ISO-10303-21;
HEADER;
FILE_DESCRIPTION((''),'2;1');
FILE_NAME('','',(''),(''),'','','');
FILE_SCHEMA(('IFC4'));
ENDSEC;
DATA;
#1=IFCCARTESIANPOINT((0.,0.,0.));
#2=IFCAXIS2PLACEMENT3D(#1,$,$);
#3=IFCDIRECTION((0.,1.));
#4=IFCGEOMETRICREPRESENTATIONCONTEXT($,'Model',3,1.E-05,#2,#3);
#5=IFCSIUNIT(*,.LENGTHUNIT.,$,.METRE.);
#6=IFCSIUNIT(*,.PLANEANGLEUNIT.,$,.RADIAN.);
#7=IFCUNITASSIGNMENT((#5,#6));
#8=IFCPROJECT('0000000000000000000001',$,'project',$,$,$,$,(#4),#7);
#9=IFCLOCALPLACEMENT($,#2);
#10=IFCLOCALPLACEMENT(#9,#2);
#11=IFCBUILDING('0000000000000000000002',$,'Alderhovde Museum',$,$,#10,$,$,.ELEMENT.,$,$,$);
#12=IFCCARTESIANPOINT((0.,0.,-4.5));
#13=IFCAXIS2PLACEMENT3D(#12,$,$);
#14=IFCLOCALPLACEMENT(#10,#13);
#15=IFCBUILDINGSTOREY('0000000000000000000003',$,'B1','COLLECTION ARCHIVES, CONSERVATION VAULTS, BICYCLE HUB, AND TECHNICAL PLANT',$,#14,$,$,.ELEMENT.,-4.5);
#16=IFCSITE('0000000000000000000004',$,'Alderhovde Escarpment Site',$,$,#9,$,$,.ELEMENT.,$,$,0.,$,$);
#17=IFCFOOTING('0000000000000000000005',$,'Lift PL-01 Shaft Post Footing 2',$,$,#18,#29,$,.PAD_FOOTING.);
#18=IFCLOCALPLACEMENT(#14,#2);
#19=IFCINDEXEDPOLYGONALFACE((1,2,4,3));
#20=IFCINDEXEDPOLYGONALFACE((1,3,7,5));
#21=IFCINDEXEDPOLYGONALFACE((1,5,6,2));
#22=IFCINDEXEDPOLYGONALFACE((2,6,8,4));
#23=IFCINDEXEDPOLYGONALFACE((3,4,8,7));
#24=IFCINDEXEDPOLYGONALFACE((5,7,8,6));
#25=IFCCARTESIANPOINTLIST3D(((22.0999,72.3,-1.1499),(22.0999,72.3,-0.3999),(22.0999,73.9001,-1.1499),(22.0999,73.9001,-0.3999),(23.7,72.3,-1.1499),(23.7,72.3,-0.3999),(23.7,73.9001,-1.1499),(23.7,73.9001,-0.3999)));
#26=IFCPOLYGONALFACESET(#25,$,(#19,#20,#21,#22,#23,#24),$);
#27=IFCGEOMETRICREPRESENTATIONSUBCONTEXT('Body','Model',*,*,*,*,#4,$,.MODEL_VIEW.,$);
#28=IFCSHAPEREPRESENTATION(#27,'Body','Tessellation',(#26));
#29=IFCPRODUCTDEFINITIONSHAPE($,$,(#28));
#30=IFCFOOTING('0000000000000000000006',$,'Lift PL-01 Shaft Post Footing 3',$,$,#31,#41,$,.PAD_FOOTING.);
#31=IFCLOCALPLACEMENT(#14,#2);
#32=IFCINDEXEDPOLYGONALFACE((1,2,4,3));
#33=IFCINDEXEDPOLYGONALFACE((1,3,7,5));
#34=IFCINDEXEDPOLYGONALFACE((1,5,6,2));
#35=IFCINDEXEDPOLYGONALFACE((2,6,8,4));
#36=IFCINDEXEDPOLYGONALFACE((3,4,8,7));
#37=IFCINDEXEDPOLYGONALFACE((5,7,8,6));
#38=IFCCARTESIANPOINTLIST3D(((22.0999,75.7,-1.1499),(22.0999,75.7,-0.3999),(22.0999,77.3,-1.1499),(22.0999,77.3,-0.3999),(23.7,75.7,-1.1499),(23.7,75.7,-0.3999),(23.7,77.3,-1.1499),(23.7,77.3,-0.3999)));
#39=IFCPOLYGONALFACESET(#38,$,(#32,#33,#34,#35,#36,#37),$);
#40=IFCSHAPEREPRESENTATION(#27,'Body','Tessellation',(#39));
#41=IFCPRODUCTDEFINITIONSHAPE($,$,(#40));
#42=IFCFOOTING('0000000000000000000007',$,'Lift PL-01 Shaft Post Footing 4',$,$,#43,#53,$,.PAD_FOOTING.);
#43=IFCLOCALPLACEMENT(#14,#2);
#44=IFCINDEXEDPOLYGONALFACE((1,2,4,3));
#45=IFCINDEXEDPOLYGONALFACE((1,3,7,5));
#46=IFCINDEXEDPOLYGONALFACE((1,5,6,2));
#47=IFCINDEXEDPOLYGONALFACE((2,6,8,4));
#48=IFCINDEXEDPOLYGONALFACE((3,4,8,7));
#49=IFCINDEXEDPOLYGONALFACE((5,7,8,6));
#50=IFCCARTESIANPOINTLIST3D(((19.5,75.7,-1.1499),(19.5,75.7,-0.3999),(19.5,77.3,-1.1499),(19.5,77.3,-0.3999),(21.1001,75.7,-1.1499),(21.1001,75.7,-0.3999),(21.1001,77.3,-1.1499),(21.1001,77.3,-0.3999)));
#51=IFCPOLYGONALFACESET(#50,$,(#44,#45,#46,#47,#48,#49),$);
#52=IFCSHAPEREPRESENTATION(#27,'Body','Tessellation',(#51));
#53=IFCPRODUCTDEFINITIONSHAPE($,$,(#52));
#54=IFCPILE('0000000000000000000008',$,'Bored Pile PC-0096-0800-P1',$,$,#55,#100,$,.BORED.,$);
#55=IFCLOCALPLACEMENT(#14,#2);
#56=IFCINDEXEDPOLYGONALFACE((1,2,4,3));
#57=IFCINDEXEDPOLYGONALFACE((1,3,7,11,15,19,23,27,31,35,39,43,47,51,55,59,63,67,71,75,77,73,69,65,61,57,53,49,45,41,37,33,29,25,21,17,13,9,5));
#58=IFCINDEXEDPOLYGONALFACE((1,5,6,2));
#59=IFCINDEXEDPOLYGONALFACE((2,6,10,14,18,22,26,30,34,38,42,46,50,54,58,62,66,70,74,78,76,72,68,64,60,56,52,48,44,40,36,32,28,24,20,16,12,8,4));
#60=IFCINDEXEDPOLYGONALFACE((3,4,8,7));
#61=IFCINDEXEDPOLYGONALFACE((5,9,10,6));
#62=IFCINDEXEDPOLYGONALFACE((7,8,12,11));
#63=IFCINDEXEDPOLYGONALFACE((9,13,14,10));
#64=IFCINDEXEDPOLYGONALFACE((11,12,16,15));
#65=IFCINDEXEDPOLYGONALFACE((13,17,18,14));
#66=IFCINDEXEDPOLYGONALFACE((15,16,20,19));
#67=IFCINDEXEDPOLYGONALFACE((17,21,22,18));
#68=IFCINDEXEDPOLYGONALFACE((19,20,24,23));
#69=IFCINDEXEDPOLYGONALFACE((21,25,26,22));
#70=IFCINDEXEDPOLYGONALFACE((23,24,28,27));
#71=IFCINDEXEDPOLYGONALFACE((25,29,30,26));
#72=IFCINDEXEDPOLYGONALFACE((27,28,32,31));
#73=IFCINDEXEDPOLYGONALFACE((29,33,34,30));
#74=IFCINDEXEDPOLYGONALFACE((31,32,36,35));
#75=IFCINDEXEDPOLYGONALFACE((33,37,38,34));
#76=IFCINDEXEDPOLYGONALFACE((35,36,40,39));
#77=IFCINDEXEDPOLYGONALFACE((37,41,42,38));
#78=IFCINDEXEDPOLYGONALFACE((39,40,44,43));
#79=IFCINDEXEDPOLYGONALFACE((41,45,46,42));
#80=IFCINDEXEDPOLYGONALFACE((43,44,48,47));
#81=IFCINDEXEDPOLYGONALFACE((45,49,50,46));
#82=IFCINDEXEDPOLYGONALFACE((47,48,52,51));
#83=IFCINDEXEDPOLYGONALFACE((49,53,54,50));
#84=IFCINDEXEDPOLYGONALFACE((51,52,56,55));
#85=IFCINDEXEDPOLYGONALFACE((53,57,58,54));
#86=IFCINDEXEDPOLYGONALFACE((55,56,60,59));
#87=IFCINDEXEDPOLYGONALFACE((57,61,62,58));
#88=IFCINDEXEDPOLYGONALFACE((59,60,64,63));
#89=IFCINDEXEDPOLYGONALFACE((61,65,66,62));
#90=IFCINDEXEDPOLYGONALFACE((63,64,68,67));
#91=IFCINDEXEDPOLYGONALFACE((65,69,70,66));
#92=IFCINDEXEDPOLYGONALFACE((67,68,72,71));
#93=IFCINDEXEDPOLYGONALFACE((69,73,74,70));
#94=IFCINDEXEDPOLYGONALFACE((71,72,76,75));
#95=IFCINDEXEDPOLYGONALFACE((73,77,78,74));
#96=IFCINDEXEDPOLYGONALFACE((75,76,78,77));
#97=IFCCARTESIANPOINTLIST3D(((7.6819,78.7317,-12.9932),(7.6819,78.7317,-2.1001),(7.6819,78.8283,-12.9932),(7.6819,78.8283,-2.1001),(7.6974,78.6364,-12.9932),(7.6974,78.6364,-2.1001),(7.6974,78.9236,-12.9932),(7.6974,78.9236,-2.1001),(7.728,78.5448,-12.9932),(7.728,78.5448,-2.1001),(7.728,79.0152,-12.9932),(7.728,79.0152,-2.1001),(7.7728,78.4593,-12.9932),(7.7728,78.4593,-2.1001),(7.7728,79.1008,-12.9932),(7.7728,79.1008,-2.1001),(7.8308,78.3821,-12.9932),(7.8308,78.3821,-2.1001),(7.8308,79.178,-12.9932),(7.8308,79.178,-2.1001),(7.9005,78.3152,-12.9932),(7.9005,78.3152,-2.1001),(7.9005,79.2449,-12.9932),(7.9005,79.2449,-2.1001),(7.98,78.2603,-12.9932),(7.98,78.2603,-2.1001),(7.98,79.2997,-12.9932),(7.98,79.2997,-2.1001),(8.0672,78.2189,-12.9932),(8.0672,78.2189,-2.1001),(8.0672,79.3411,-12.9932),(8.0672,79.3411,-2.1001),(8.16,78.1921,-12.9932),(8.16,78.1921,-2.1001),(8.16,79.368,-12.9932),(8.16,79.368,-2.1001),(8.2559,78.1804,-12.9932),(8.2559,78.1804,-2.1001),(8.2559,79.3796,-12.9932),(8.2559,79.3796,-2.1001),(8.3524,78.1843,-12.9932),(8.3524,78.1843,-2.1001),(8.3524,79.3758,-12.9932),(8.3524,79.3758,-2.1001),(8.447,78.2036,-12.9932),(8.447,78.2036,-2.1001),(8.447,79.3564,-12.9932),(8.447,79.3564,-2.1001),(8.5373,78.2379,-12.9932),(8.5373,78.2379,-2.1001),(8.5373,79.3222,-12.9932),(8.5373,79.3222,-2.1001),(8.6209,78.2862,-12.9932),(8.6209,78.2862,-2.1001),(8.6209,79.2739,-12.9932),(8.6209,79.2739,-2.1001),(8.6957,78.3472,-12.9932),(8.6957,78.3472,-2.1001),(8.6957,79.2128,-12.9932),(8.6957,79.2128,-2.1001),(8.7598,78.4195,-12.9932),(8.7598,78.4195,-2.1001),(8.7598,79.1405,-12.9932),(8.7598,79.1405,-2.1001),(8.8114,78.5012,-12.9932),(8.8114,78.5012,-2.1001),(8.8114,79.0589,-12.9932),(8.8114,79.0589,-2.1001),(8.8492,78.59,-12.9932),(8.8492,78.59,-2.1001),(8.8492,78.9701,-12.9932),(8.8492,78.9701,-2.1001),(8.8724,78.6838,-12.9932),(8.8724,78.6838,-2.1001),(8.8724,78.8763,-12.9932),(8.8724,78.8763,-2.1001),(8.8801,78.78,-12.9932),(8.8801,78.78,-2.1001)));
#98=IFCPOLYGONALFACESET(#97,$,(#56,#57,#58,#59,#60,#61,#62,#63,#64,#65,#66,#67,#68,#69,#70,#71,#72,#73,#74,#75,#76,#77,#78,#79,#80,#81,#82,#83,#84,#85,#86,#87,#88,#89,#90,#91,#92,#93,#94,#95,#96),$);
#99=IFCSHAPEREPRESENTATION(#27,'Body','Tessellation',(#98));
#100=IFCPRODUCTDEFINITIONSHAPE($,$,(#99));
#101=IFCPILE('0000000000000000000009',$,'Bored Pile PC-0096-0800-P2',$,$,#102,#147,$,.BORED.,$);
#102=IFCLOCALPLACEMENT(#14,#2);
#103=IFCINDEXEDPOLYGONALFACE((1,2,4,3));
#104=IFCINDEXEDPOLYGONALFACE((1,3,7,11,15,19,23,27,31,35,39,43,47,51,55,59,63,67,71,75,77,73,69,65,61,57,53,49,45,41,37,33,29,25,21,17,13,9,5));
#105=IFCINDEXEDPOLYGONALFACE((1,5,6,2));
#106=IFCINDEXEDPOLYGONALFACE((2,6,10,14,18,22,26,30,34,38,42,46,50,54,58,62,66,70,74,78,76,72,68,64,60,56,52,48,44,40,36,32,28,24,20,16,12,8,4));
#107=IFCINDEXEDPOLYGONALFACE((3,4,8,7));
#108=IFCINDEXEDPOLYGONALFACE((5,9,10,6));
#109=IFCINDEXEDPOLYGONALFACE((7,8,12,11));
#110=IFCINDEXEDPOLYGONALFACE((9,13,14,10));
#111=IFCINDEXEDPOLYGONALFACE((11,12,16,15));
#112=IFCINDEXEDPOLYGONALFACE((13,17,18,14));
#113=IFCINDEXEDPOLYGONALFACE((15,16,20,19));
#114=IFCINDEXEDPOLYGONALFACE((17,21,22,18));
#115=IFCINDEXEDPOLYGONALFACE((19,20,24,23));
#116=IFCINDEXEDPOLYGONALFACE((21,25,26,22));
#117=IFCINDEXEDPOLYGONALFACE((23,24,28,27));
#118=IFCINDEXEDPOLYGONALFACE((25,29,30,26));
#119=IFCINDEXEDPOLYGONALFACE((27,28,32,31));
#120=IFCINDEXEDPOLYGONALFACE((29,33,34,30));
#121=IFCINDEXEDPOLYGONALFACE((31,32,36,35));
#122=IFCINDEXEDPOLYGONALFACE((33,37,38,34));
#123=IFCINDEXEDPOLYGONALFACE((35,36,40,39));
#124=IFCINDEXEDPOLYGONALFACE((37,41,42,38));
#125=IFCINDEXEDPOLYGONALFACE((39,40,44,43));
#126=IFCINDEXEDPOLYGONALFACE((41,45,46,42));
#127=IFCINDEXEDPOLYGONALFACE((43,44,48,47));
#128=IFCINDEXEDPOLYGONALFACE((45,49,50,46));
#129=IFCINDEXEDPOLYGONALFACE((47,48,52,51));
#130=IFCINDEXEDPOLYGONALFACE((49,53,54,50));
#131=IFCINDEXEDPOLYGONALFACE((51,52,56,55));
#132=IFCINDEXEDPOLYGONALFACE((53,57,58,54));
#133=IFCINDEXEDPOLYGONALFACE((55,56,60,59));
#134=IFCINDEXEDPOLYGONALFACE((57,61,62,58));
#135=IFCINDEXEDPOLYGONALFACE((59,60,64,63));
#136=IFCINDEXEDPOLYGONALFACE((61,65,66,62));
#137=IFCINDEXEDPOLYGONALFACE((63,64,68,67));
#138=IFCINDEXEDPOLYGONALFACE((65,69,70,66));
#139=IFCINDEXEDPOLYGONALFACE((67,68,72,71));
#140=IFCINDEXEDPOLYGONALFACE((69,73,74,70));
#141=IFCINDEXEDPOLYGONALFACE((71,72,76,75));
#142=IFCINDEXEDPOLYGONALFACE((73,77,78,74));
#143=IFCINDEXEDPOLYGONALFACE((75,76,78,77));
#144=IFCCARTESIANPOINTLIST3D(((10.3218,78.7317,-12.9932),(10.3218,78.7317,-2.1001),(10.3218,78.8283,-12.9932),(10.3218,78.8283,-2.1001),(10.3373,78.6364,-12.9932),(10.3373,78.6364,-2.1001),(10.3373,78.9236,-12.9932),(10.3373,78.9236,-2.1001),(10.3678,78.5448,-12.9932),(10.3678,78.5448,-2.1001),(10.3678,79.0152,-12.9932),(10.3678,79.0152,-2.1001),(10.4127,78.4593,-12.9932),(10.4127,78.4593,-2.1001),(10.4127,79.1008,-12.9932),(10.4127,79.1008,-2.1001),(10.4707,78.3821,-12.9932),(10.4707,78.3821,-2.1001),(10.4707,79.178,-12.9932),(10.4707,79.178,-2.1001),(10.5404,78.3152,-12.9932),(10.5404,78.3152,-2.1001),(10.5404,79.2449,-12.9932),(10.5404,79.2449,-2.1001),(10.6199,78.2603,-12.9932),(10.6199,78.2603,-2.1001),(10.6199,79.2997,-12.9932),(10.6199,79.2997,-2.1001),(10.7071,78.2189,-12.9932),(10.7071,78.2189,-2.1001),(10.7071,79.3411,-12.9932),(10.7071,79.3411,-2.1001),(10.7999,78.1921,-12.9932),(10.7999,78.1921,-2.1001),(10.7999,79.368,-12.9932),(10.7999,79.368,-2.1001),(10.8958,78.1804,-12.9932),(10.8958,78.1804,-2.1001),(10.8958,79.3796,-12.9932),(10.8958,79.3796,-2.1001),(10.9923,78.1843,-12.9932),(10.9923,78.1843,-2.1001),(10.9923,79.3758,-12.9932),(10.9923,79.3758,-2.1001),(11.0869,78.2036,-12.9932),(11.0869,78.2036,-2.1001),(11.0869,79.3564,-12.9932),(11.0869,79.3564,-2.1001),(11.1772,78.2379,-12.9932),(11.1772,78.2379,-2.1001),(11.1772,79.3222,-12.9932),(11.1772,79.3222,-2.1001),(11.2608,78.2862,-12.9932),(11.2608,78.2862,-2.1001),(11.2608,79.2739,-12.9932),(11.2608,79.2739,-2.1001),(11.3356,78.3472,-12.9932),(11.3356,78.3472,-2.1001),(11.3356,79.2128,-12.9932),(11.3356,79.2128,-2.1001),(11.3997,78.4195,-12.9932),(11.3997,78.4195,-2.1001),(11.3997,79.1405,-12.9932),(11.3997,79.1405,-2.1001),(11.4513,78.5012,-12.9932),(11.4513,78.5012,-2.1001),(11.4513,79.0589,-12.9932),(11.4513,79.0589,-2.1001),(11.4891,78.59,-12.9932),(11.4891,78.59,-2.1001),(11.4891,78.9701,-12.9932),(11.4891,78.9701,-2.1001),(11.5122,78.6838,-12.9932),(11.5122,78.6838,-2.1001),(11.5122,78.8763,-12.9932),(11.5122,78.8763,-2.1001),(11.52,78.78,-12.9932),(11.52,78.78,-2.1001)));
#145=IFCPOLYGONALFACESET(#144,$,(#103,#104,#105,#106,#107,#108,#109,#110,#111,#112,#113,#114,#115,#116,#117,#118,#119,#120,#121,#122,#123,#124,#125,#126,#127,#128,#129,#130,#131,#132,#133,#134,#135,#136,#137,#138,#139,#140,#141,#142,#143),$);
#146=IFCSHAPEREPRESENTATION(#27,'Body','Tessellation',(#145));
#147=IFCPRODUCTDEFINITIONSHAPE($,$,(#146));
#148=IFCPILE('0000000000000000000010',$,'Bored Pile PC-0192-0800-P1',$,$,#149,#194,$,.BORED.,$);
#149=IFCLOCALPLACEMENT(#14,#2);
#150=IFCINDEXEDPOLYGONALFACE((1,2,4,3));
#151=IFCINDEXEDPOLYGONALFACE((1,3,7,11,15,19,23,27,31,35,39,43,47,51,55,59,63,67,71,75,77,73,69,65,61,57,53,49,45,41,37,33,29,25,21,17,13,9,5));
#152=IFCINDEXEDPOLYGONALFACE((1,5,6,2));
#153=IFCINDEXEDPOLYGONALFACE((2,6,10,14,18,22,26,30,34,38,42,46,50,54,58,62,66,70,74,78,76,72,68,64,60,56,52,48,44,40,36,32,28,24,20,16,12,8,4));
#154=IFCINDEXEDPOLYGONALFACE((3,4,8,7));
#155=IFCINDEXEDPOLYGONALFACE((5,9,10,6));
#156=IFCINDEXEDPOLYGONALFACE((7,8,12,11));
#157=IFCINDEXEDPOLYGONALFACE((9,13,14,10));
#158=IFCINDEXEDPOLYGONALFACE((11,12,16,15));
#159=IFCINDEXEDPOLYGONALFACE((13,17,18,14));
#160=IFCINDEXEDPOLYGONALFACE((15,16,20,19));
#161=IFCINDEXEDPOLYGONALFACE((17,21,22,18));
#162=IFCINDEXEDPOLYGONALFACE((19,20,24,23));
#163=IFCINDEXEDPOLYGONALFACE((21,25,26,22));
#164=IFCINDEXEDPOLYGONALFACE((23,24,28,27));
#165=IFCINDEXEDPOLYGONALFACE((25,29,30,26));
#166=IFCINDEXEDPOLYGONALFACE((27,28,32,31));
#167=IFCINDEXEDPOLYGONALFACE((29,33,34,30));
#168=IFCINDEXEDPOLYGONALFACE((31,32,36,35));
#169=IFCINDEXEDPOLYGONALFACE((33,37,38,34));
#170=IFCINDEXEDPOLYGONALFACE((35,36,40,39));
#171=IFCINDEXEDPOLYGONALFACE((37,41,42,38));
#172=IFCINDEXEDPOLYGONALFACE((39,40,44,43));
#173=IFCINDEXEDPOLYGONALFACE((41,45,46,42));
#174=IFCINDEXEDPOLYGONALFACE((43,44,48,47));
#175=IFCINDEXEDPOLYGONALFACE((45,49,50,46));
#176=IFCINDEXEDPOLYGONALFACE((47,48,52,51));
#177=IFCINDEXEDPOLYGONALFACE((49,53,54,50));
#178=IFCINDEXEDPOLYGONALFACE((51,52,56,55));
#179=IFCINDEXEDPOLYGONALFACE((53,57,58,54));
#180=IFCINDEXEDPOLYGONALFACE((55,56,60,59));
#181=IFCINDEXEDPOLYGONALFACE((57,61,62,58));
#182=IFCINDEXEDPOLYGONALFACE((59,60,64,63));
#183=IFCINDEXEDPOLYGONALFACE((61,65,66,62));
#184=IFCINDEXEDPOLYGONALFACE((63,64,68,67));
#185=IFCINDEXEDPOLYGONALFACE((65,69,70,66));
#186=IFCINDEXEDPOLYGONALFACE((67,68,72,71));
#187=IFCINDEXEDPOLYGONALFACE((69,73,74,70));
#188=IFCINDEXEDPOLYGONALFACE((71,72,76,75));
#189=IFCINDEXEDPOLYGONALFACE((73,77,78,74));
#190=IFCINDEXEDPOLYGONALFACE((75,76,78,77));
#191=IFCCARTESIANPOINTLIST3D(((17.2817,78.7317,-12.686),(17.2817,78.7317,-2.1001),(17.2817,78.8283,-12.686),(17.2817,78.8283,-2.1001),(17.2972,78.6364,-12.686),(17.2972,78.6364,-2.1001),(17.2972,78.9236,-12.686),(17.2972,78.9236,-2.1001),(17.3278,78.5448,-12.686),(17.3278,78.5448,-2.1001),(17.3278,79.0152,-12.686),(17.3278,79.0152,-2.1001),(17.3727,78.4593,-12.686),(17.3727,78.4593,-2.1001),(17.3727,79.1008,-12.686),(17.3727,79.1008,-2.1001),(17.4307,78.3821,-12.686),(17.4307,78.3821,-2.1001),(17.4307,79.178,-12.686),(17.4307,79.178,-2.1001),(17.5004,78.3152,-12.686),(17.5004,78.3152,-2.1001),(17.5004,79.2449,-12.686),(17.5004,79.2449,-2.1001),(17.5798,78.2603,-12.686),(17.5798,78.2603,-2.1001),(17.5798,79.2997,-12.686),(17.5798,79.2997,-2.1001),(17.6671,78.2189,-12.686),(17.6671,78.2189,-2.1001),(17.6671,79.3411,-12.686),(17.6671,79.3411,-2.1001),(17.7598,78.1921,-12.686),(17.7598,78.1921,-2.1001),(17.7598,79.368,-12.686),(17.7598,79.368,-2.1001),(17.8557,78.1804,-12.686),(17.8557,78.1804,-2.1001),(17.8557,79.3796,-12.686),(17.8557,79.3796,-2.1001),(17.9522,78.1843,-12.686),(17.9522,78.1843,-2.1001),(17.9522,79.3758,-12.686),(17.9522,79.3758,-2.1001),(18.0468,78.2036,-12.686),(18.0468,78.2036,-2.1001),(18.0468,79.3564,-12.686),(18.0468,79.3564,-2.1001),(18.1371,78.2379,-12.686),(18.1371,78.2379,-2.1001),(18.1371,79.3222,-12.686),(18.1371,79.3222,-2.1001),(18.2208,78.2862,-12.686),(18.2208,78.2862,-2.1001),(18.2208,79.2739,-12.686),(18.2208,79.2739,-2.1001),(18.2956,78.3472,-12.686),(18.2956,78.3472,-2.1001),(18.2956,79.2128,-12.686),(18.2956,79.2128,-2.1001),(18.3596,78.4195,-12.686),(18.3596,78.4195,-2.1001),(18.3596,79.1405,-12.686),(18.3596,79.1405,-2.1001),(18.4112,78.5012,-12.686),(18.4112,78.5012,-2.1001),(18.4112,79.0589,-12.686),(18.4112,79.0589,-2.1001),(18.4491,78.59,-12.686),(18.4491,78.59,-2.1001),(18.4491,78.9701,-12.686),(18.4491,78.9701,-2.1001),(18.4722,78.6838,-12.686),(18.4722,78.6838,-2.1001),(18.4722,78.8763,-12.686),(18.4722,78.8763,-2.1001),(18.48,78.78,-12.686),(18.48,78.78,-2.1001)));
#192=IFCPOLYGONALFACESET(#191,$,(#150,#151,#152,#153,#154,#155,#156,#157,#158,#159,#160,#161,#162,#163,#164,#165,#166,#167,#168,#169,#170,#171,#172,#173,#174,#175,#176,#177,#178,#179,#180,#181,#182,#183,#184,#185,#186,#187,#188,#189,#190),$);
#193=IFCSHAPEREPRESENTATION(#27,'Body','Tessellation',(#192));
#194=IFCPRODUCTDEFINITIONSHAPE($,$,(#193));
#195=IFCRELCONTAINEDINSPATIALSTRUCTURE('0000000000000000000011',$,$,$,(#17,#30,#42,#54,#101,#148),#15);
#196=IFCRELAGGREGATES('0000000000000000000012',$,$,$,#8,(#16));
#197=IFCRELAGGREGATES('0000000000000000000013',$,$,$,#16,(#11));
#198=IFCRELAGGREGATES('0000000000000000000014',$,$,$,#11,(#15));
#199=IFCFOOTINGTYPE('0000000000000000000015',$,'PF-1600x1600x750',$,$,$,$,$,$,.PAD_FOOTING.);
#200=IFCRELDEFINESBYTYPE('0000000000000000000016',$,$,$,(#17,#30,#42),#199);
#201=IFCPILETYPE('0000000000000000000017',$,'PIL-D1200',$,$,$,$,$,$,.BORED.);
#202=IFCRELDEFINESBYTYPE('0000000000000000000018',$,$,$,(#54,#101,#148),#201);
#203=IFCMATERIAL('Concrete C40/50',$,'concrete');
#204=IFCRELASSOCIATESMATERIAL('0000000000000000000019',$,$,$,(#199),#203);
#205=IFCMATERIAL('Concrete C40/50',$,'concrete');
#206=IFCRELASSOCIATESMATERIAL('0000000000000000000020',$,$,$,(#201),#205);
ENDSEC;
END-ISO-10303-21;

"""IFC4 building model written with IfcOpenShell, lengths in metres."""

from ifc_helpers import new_model, si_unit, direction, frame, origin, origin_2d, place, context, subcontext, project, spatial, rectangle, circle, extrude, material, material_profile, profile_set, type_object, element, save


model = new_model("IFC4")

# Units and contexts
model_context = context("Model", 3, precision=1e-05, world=origin(), true_north=direction((0.0, 1.0)))
body_context = subcontext(model_context, "Body", "Model", "MODEL_VIEW")
ifc_project = project(units=[si_unit("LENGTHUNIT", "METRE"), si_unit("PLANEANGLEUNIT", "RADIAN")], contexts=[model_context])

# Site, building, storey
site_placement = place(None, origin())
site = spatial("IfcSite", under=ifc_project, at=site_placement, Name="Alderhovde Escarpment Site", CompositionType="ELEMENT", RefElevation=0.0)
building_placement = place(site_placement, origin())
building = spatial("IfcBuilding", under=site, at=building_placement, Name="Alderhovde Museum", CompositionType="ELEMENT")
storey_placement = place(building_placement, frame((0.0, 0.0, -4.5)))
storey = spatial("IfcBuildingStorey", under=building, at=storey_placement, Name="B1", Description="COLLECTION ARCHIVES, CONSERVATION VAULTS, BICYCLE HUB, AND TECHNICAL PLANT", CompositionType="ELEMENT", Elevation=-4.5)

# Footings
ifc_material_1 = material(Name="Concrete C40/50", Category="concrete")
footing_type = type_object("IfcFootingType", Name="PF-1600x1600x750", PredefinedType="PAD_FOOTING", material=ifc_material_1)
for number, where, z_axis, x_axis, name in (
    (1, (22.8999, 73.1001, -1.1499), (0.0, 0.0, 1.0), (1.0, 0.0, 0.0), "Lift PL-01 Shaft Post Footing 2"),
    (2, (22.8999, 76.5, -1.1499), (0.0, 0.0, 1.0), (1.0, 0.0, 0.0), "Lift PL-01 Shaft Post Footing 3"),
    (3, (20.3, 76.5, -1.1499), (0.0, 0.0, 1.0), (1.0, 0.0, 0.0), "Lift PL-01 Shaft Post Footing 4"),
):
    element("IfcFooting", number, at=place(storey_placement, frame(where, z_axis=z_axis, x_axis=x_axis)), inside=storey, type_object=footing_type, Name=name, PredefinedType="PAD_FOOTING", context=body_context, shape_type="SweptSolid", body=[
        extrude(rectangle(XDim=1.6001, YDim=1.6001, at=origin_2d()), origin(), (0.0, 0.0, 1.0), 0.75),
    ])

# Piles
ifc_material_2 = material(Name="Concrete C40/50", Category="concrete")
ifc_material_profile_1 = material_profile(ifc_material_2, circle(Radius=0.6001, at=origin_2d()), Name="PILE-D1200")
ifc_profile_set_1 = profile_set([ifc_material_profile_1], Name="Concrete C40/50")
pile_type_1 = type_object("IfcPileType", Name="PIL-D1200", PredefinedType="BORED", material=ifc_profile_set_1)
for number, where, z_axis, x_axis, name in (
    (4, (8.28, 78.78, -2.1001), (0.0, 0.0, -1.0), (1.0, 0.0, 0.0), "Bored Pile PC-0096-0800-P1"),
    (5, (10.9199, 78.78, -2.1001), (0.0, 0.0, -1.0), (1.0, 0.0, 0.0), "Bored Pile PC-0096-0800-P2"),
):
    element("IfcPile", number, at=place(storey_placement, frame(where, z_axis=z_axis, x_axis=x_axis)), inside=storey, type_object=pile_type_1, Name=name, PredefinedType="BORED", context=body_context, shape_type="SweptSolid", body=[
        extrude(circle(Radius=0.6001, at=origin_2d()), origin(), (0.0, 0.0, 1.0), 10.8931),
    ])
for number, where, z_axis, x_axis, name in (
    (6, (17.8799, 78.78, -2.1001), (0.0, 0.0, -1.0), (1.0, 0.0, 0.0), "Bored Pile PC-0192-0800-P1"),
):
    element("IfcPile", number, at=place(storey_placement, frame(where, z_axis=z_axis, x_axis=x_axis)), inside=storey, type_object=pile_type_1, Name=name, PredefinedType="BORED", context=body_context, shape_type="SweptSolid", body=[
        extrude(circle(Radius=0.6001, at=origin_2d()), origin(), (0.0, 0.0, 1.0), 10.5859),
    ])

save(model, "model.ifc")
